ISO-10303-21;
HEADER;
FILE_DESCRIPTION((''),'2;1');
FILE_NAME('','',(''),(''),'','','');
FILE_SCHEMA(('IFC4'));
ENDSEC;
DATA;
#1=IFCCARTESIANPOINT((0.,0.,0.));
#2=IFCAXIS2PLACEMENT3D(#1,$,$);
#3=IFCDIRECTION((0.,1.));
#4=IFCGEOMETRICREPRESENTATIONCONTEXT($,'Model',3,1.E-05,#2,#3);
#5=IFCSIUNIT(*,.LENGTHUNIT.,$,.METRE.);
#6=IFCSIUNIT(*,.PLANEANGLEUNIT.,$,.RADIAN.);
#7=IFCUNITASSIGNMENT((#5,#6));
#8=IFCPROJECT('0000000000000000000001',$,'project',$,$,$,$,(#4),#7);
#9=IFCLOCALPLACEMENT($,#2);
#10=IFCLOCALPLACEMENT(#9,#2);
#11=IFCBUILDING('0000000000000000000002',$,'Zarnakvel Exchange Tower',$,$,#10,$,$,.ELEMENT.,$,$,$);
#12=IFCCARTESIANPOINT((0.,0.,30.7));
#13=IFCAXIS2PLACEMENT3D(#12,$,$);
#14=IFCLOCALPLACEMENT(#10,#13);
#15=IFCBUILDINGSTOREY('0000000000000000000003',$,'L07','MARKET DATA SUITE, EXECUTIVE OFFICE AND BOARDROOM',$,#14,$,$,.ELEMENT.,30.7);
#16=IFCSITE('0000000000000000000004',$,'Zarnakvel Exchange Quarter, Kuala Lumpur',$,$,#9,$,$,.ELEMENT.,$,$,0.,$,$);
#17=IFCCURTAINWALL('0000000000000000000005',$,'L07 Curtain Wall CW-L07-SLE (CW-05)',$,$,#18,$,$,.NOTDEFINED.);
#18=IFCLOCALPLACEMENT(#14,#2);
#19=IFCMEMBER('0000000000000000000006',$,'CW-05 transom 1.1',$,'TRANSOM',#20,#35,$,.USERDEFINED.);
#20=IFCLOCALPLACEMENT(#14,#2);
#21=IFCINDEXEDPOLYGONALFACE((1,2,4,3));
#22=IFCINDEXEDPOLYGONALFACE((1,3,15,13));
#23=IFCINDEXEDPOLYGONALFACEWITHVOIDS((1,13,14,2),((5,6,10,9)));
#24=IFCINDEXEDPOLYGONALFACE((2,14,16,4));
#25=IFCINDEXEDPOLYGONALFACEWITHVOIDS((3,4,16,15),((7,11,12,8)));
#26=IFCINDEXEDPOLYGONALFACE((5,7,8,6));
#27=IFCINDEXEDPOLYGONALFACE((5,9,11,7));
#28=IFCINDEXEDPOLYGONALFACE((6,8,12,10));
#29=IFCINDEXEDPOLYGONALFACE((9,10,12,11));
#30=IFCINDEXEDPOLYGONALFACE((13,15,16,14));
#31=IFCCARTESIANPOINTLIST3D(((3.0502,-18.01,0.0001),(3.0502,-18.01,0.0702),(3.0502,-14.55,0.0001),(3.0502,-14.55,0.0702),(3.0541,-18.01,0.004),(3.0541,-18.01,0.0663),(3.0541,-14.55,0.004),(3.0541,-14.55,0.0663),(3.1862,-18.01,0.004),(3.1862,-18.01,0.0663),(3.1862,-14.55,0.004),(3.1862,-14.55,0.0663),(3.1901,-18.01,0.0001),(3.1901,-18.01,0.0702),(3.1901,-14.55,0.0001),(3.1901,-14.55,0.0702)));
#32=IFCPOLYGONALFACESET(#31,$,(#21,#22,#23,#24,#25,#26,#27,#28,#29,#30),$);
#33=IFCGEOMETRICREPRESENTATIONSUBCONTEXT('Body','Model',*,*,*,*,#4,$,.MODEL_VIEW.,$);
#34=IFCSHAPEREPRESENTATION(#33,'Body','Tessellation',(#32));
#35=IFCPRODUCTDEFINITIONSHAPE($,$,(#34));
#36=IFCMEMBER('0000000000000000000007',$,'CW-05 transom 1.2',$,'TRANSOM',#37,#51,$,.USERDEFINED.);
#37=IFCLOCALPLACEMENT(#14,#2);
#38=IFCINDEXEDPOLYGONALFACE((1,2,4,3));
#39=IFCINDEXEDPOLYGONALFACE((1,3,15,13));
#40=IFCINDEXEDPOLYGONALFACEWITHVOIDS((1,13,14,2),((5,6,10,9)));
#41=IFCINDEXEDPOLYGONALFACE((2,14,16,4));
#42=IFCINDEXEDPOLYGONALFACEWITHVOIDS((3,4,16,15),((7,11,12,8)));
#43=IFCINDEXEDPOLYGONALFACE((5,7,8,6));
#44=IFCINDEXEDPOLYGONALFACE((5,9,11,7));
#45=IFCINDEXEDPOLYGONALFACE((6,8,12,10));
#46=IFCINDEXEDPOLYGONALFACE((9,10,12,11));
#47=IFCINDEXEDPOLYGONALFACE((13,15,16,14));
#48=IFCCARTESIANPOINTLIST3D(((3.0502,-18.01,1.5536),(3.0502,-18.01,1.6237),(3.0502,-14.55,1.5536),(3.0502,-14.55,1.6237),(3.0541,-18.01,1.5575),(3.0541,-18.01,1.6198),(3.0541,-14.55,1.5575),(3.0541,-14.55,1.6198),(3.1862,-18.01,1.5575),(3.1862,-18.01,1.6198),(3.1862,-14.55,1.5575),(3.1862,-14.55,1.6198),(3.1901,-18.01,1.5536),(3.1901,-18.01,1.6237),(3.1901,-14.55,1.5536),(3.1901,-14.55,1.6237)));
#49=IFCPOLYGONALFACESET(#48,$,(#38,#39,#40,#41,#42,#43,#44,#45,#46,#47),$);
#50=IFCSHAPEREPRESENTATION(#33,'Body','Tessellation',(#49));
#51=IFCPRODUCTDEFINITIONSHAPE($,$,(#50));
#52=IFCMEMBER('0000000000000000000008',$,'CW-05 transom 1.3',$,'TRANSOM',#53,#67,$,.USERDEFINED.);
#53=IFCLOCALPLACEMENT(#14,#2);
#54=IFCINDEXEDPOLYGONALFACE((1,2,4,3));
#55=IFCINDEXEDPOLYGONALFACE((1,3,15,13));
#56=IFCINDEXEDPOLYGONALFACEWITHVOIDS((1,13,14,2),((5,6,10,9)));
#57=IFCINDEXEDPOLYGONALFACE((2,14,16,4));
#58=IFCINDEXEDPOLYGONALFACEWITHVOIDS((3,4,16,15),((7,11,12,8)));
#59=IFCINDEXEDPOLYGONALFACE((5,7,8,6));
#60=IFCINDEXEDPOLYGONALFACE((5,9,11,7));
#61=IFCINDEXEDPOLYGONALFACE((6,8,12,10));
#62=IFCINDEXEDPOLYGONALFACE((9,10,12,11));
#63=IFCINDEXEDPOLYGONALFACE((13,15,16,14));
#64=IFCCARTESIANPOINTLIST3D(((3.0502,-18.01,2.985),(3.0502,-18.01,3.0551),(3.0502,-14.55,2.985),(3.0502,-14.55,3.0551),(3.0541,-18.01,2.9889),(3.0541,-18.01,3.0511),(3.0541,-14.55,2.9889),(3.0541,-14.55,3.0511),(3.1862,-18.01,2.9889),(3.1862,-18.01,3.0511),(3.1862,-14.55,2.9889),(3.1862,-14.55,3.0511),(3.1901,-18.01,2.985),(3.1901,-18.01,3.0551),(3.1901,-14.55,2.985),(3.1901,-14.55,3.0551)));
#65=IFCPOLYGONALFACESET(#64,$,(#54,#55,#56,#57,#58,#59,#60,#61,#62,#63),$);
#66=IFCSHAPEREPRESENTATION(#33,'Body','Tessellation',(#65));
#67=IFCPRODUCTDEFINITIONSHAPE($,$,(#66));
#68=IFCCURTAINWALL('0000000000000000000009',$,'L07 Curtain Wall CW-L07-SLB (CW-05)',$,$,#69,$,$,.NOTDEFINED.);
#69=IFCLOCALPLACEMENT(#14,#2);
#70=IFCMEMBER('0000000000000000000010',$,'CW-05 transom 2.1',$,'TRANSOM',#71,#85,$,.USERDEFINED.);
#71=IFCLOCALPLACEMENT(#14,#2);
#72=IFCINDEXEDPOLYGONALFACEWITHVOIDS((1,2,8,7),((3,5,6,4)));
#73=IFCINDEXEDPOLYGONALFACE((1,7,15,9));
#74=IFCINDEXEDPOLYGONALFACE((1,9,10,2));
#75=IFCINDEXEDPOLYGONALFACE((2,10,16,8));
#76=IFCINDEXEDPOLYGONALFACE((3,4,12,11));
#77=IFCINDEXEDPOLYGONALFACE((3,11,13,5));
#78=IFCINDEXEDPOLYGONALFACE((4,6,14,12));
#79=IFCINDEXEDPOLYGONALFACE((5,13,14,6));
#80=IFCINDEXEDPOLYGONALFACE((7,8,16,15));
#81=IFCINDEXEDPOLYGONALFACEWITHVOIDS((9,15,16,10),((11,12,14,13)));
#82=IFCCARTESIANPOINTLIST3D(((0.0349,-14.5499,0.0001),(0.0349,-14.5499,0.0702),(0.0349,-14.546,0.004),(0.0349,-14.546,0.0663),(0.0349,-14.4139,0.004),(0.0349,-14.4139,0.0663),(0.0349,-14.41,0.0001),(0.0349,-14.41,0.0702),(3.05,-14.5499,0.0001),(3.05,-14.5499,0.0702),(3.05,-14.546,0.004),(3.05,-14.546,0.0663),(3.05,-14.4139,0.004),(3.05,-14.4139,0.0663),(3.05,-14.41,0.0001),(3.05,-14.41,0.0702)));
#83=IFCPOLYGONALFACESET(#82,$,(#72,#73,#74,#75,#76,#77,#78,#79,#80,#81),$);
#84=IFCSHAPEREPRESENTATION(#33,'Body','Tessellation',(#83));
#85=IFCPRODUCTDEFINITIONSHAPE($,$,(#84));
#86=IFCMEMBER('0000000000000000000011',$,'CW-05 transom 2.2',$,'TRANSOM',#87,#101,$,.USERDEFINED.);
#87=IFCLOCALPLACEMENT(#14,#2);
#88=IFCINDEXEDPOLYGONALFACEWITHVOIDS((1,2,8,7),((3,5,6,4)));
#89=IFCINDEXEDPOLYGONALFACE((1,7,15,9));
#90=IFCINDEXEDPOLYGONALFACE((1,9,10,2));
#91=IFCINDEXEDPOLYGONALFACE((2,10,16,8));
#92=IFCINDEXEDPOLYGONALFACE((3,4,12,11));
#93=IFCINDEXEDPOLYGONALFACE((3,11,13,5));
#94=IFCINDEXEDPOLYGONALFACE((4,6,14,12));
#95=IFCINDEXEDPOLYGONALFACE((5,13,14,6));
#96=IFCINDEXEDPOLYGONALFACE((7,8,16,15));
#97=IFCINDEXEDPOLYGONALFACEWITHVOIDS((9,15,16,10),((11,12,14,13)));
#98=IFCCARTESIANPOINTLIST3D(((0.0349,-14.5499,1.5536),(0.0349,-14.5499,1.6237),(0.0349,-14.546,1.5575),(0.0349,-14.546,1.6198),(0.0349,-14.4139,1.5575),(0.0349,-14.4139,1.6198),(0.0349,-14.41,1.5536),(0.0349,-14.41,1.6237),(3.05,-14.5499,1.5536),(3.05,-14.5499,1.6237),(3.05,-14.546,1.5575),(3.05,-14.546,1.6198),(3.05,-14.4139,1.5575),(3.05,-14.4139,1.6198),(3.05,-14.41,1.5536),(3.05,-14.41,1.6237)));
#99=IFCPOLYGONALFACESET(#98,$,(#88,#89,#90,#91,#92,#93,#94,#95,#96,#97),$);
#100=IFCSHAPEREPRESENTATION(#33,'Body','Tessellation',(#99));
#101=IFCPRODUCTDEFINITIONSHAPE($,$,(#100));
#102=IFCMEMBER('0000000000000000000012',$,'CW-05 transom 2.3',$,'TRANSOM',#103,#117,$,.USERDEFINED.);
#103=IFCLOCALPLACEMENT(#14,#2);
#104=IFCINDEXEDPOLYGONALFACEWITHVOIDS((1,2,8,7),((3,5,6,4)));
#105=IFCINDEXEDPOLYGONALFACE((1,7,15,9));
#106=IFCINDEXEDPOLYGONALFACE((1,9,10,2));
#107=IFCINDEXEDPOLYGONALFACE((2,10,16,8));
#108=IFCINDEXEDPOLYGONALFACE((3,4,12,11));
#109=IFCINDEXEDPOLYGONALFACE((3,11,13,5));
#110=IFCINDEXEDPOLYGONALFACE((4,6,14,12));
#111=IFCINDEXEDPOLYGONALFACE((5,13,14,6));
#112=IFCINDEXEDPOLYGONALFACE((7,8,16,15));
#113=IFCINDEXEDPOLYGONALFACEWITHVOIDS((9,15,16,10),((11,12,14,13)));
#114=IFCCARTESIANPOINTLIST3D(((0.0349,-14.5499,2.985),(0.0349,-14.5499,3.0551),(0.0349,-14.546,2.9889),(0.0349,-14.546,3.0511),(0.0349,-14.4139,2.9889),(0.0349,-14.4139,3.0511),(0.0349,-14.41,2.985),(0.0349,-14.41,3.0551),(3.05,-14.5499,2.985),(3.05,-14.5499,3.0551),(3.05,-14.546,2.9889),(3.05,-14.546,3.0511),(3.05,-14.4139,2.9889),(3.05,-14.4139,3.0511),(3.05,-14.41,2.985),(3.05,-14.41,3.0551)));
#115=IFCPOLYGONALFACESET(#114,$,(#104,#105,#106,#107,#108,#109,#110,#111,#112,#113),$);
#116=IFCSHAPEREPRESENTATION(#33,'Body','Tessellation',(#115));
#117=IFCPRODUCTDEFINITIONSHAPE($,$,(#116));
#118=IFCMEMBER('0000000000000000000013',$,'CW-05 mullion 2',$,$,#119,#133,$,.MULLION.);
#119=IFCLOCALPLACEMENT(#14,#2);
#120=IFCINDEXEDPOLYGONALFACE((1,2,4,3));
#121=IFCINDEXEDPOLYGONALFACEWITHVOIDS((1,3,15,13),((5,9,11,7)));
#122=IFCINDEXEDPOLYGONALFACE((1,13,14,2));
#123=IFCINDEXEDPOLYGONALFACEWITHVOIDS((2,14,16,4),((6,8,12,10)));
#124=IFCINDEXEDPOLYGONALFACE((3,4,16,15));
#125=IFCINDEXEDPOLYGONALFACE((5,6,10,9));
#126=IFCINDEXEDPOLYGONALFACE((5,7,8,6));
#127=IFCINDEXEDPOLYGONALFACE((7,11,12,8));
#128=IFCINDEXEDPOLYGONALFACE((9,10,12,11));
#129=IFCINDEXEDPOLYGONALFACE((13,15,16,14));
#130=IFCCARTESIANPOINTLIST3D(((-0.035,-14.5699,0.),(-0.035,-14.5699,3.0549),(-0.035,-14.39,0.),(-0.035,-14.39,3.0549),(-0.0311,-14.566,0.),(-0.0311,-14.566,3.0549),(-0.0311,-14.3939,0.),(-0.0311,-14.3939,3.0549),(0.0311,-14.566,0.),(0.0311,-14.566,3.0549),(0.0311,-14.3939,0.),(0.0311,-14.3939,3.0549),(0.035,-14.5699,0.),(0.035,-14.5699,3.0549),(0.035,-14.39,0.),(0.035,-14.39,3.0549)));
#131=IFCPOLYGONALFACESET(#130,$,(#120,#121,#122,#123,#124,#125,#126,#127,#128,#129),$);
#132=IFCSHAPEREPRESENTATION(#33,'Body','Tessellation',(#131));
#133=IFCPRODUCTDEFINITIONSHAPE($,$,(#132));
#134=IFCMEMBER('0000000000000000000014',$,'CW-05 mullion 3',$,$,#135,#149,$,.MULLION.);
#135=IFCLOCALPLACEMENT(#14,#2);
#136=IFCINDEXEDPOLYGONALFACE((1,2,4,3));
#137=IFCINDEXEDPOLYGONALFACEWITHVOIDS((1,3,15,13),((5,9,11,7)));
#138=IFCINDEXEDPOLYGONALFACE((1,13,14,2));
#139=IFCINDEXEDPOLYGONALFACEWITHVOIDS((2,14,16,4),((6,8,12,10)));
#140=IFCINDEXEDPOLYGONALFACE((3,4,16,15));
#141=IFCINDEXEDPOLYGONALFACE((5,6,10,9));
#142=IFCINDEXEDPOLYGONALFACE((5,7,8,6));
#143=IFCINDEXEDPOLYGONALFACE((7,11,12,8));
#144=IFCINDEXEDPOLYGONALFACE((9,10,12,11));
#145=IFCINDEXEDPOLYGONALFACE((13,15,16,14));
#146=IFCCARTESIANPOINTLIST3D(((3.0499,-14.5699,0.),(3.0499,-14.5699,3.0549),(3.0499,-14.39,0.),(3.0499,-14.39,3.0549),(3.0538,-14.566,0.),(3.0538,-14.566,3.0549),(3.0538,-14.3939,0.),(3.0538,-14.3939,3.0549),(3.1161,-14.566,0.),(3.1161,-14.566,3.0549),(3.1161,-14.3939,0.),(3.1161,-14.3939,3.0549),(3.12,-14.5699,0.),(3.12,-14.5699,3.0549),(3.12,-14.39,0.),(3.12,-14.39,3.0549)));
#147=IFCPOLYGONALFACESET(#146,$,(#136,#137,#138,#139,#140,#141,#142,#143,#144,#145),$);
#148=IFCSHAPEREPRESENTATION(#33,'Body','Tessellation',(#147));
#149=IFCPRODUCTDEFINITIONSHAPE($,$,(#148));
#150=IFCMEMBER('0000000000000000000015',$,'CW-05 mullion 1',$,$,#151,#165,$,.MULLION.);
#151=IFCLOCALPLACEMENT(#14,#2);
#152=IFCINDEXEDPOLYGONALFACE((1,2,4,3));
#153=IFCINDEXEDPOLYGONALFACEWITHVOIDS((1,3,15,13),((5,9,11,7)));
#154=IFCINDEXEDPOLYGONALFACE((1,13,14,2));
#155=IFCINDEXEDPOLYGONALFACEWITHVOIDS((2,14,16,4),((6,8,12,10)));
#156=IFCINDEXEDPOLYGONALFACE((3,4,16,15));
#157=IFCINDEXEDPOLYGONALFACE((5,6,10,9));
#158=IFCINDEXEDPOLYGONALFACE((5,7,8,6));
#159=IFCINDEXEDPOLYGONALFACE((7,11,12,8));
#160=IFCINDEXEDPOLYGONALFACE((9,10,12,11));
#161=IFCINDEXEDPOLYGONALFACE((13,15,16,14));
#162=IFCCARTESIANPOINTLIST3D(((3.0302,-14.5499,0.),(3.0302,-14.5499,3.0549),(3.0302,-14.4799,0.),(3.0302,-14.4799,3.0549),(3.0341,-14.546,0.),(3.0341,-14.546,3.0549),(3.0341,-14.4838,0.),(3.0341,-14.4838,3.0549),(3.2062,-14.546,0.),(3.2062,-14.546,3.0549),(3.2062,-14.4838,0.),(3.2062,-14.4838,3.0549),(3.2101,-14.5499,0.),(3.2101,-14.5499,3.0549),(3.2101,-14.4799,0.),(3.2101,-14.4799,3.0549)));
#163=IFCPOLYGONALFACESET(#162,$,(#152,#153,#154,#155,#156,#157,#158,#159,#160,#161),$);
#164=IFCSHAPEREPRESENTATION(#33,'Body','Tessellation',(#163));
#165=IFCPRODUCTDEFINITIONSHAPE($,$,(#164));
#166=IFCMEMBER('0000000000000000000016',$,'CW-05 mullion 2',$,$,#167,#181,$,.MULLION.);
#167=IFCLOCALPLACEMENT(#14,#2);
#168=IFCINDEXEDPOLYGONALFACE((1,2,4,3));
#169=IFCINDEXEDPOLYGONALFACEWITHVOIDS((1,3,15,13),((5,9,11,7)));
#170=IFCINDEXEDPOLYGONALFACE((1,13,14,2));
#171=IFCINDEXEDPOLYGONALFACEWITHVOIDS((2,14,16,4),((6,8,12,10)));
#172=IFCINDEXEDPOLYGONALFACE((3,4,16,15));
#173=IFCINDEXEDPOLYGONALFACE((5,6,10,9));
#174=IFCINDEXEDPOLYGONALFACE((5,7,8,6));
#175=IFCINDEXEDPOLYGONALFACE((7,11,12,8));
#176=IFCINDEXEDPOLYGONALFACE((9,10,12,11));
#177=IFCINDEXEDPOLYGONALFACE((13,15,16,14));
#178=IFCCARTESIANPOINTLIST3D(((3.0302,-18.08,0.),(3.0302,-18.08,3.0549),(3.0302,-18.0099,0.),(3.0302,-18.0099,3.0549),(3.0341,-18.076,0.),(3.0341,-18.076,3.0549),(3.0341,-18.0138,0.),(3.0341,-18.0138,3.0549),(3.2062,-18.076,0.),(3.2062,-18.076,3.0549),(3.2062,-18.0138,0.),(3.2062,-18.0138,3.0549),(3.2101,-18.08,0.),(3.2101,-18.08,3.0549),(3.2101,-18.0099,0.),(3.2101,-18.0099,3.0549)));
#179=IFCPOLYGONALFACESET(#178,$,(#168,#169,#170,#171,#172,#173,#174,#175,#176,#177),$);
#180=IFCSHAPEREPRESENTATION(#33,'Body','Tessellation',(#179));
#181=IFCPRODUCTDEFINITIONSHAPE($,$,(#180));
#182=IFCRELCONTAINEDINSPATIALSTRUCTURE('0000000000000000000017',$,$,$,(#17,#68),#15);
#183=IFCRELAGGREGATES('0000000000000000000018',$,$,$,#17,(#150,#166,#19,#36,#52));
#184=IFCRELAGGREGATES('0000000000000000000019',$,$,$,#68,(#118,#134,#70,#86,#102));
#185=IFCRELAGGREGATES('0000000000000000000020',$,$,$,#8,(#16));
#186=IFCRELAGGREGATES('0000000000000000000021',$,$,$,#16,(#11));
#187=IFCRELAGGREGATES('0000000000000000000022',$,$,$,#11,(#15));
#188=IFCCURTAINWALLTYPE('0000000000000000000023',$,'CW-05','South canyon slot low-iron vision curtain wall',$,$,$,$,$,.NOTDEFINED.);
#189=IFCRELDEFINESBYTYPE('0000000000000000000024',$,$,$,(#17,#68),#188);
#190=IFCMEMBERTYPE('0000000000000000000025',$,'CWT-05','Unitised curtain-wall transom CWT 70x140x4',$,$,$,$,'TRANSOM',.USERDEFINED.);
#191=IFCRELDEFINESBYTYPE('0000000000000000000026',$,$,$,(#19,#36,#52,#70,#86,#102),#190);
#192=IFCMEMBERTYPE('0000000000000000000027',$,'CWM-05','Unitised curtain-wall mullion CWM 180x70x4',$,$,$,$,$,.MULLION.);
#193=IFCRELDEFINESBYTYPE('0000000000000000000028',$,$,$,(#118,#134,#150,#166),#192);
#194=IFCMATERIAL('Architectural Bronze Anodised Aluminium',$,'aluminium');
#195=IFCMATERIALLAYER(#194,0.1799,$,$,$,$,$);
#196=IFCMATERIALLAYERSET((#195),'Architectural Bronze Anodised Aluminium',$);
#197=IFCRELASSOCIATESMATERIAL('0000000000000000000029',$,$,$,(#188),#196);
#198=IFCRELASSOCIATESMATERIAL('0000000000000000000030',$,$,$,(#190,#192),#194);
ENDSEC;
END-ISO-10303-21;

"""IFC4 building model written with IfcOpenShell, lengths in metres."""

from ifc_helpers import new_model, si_unit, direction, frame, origin, origin_2d, place, context, subcontext, project, spatial, hollow_rectangle, extrude, source, transform, mapped, material, layer, layer_set, material_profile, profile_set, type_object, element, aggregate, save


model = new_model("IFC4")

# Units and contexts
model_context = context("Model", 3, precision=1e-05, world=origin(), true_north=direction((0.0, 1.0)))
body_context = subcontext(model_context, "Body", "Model", "MODEL_VIEW")
ifc_project = project(units=[si_unit("LENGTHUNIT", "METRE"), si_unit("PLANEANGLEUNIT", "RADIAN")], contexts=[model_context])

# Site, building, storey
site_placement = place(None, origin())
site = spatial("IfcSite", under=ifc_project, at=site_placement, Name="Zarnakvel Exchange Quarter, Kuala Lumpur", CompositionType="ELEMENT", RefElevation=0.0)
building_placement = place(site_placement, origin())
building = spatial("IfcBuilding", under=site, at=building_placement, Name="Zarnakvel Exchange Tower", CompositionType="ELEMENT")
storey_placement = place(building_placement, frame((0.0, 0.0, 30.7)))
storey = spatial("IfcBuildingStorey", under=building, at=storey_placement, Name="L07", Description="MARKET DATA SUITE, EXECUTIVE OFFICE AND BOARDROOM", CompositionType="ELEMENT", Elevation=30.7)

# Curtain walls, members
ifc_material_1 = material(Name="Architectural Bronze Anodised Aluminium", Category="aluminium")
ifc_layer_1 = layer(ifc_material_1, 0.1799)
ifc_layer_set_1 = layer_set([ifc_layer_1], Name="Architectural Bronze Anodised Aluminium")
curtain_wall_type = type_object("IfcCurtainWallType", Name="CW-05", Description="South canyon slot low-iron vision curtain wall", PredefinedType="NOTDEFINED", material=ifc_layer_set_1)
curtain_wall_1_placement = place(storey_placement, origin())
curtain_wall_1 = element("IfcCurtainWall", 1, at=curtain_wall_1_placement, inside=storey, type_object=curtain_wall_type, Name="L07 Curtain Wall CW-L07-SLE (CW-05)", PredefinedType="NOTDEFINED")
ifc_material_profile_1 = material_profile(ifc_material_1, hollow_rectangle(XDim=0.1399, YDim=0.0701, WallThickness=0.0039, at=origin_2d()))
ifc_profile_set_1 = profile_set([ifc_material_profile_1], Name="Architectural Bronze Anodised Aluminium")
member_type_1 = type_object("IfcMemberType", Name="CWT-05", Description="Unitised curtain-wall transom CWT 70x140x4", ElementType="TRANSOM", PredefinedType="USERDEFINED", material=ifc_profile_set_1)
shared_shape_1 = source(origin(), body_context, "Body", "SweptSolid", [
    extrude(hollow_rectangle(XDim=0.1399, YDim=0.0701, WallThickness=0.0039, at=origin_2d()), origin(), (0.0, 0.0, 1.0), 3.46),
])
member_1_placement = place(storey_placement, frame((3.1201, -14.55, 0.0352), z_axis=(0.0, -1.0, 0.0), x_axis=(1.0, 0.0, 0.0)))
member_1 = element("IfcMember", 2, at=member_1_placement, type_object=member_type_1, Name="CW-05 transom 1.1", ObjectType="TRANSOM", PredefinedType="USERDEFINED", context=body_context, shape_type="MappedRepresentation", body=[
    mapped(shared_shape_1, transform((0.0, 0.0, 0.0), x_axis=(1.0, 0.0, 0.0), y_axis=(0.0, 1.0, 0.0), z_axis=(0.0, 0.0, 1.0), scale=1.0)),
])
member_2_placement = place(storey_placement, frame((3.1201, -14.55, 1.5886), z_axis=(0.0, -1.0, 0.0), x_axis=(1.0, 0.0, 0.0)))
member_2 = element("IfcMember", 3, at=member_2_placement, type_object=member_type_1, Name="CW-05 transom 1.2", ObjectType="TRANSOM", PredefinedType="USERDEFINED", context=body_context, shape_type="MappedRepresentation", body=[
    mapped(shared_shape_1, transform((0.0, 0.0, 0.0), x_axis=(1.0, 0.0, 0.0), y_axis=(0.0, 1.0, 0.0), z_axis=(0.0, 0.0, 1.0), scale=1.0)),
])
member_3_placement = place(storey_placement, frame((3.1201, -14.55, 3.02), z_axis=(0.0, -1.0, 0.0), x_axis=(1.0, 0.0, 0.0)))
member_3 = element("IfcMember", 4, at=member_3_placement, type_object=member_type_1, Name="CW-05 transom 1.3", ObjectType="TRANSOM", PredefinedType="USERDEFINED", context=body_context, shape_type="MappedRepresentation", body=[
    mapped(shared_shape_1, transform((0.0, 0.0, 0.0), x_axis=(1.0, 0.0, 0.0), y_axis=(0.0, 1.0, 0.0), z_axis=(0.0, 0.0, 1.0), scale=1.0)),
])
curtain_wall_2_placement = place(storey_placement, origin())
curtain_wall_2 = element("IfcCurtainWall", 5, at=curtain_wall_2_placement, inside=storey, type_object=curtain_wall_type, Name="L07 Curtain Wall CW-L07-SLB (CW-05)", PredefinedType="NOTDEFINED")
shared_shape_2 = source(origin(), body_context, "Body", "SweptSolid", [
    extrude(hollow_rectangle(XDim=0.1399, YDim=0.0701, WallThickness=0.0039, at=origin_2d()), origin(), (0.0, 0.0, 1.0), 3.0151),
])
member_4_placement = place(storey_placement, frame((0.0349, -14.48, 0.0352), z_axis=(1.0, 0.0, 0.0), x_axis=(0.0, 1.0, 0.0)))
member_4 = element("IfcMember", 6, at=member_4_placement, type_object=member_type_1, Name="CW-05 transom 2.1", ObjectType="TRANSOM", PredefinedType="USERDEFINED", context=body_context, shape_type="MappedRepresentation", body=[
    mapped(shared_shape_2, transform((0.0, 0.0, 0.0), x_axis=(1.0, 0.0, 0.0), y_axis=(0.0, 1.0, 0.0), z_axis=(0.0, 0.0, 1.0), scale=1.0)),
])
member_5_placement = place(storey_placement, frame((0.0349, -14.48, 1.5886), z_axis=(1.0, 0.0, 0.0), x_axis=(0.0, 1.0, 0.0)))
member_5 = element("IfcMember", 7, at=member_5_placement, type_object=member_type_1, Name="CW-05 transom 2.2", ObjectType="TRANSOM", PredefinedType="USERDEFINED", context=body_context, shape_type="MappedRepresentation", body=[
    mapped(shared_shape_2, transform((0.0, 0.0, 0.0), x_axis=(1.0, 0.0, 0.0), y_axis=(0.0, 1.0, 0.0), z_axis=(0.0, 0.0, 1.0), scale=1.0)),
])
member_6_placement = place(storey_placement, frame((0.0349, -14.48, 3.02), z_axis=(1.0, 0.0, 0.0), x_axis=(0.0, 1.0, 0.0)))
member_6 = element("IfcMember", 8, at=member_6_placement, type_object=member_type_1, Name="CW-05 transom 2.3", ObjectType="TRANSOM", PredefinedType="USERDEFINED", context=body_context, shape_type="MappedRepresentation", body=[
    mapped(shared_shape_2, transform((0.0, 0.0, 0.0), x_axis=(1.0, 0.0, 0.0), y_axis=(0.0, 1.0, 0.0), z_axis=(0.0, 0.0, 1.0), scale=1.0)),
])
ifc_material_profile_2 = material_profile(ifc_material_1, hollow_rectangle(XDim=0.1799, YDim=0.0701, WallThickness=0.0039, at=origin_2d()))
ifc_profile_set_2 = profile_set([ifc_material_profile_2], Name="Architectural Bronze Anodised Aluminium")
member_type_2 = type_object("IfcMemberType", Name="CWM-05", Description="Unitised curtain-wall mullion CWM 180x70x4", PredefinedType="MULLION", material=ifc_profile_set_2)
shared_shape_3 = source(origin(), body_context, "Body", "SweptSolid", [
    extrude(hollow_rectangle(XDim=0.1799, YDim=0.0701, WallThickness=0.0039, at=origin_2d()), origin(), (0.0, 0.0, 1.0), 3.0549),
])
member_7_placement = place(storey_placement, frame((0.0, -14.48, 0.0), z_axis=(0.0, 0.0, 1.0), x_axis=(0.0, 1.0, 0.0)))
member_7 = element("IfcMember", 9, at=member_7_placement, type_object=member_type_2, Name="CW-05 mullion 2", PredefinedType="MULLION", context=body_context, shape_type="MappedRepresentation", body=[
    mapped(shared_shape_3, transform((0.0, 0.0, 0.0), x_axis=(1.0, 0.0, 0.0), y_axis=(0.0, 1.0, 0.0), z_axis=(0.0, 0.0, 1.0), scale=1.0)),
])
member_8_placement = place(storey_placement, frame((3.085, -14.48, 0.0), z_axis=(0.0, 0.0, 1.0), x_axis=(0.0, 1.0, 0.0)))
member_8 = element("IfcMember", 10, at=member_8_placement, type_object=member_type_2, Name="CW-05 mullion 3", PredefinedType="MULLION", context=body_context, shape_type="MappedRepresentation", body=[
    mapped(shared_shape_3, transform((0.0, 0.0, 0.0), x_axis=(1.0, 0.0, 0.0), y_axis=(0.0, 1.0, 0.0), z_axis=(0.0, 0.0, 1.0), scale=1.0)),
])

# Members
member_9_placement = place(storey_placement, frame((3.1201, -14.5149, 0.0), z_axis=(0.0, 0.0, 1.0), x_axis=(1.0, 0.0, 0.0)))
member_9 = element("IfcMember", 11, at=member_9_placement, type_object=member_type_2, Name="CW-05 mullion 1", PredefinedType="MULLION", context=body_context, shape_type="MappedRepresentation", body=[
    mapped(shared_shape_3, transform((0.0, 0.0, 0.0), x_axis=(1.0, 0.0, 0.0), y_axis=(0.0, 1.0, 0.0), z_axis=(0.0, 0.0, 1.0), scale=1.0)),
])
member_10_placement = place(storey_placement, frame((3.1201, -18.0449, 0.0), z_axis=(0.0, 0.0, 1.0), x_axis=(1.0, 0.0, 0.0)))
member_10 = element("IfcMember", 12, at=member_10_placement, type_object=member_type_2, Name="CW-05 mullion 2", PredefinedType="MULLION", context=body_context, shape_type="MappedRepresentation", body=[
    mapped(shared_shape_3, transform((0.0, 0.0, 0.0), x_axis=(1.0, 0.0, 0.0), y_axis=(0.0, 1.0, 0.0), z_axis=(0.0, 0.0, 1.0), scale=1.0)),
])

aggregate(curtain_wall_1, [member_9, member_10, member_1, member_2, member_3])
aggregate(curtain_wall_2, [member_7, member_8, member_4, member_5, member_6])

save(model, "model.ifc")
